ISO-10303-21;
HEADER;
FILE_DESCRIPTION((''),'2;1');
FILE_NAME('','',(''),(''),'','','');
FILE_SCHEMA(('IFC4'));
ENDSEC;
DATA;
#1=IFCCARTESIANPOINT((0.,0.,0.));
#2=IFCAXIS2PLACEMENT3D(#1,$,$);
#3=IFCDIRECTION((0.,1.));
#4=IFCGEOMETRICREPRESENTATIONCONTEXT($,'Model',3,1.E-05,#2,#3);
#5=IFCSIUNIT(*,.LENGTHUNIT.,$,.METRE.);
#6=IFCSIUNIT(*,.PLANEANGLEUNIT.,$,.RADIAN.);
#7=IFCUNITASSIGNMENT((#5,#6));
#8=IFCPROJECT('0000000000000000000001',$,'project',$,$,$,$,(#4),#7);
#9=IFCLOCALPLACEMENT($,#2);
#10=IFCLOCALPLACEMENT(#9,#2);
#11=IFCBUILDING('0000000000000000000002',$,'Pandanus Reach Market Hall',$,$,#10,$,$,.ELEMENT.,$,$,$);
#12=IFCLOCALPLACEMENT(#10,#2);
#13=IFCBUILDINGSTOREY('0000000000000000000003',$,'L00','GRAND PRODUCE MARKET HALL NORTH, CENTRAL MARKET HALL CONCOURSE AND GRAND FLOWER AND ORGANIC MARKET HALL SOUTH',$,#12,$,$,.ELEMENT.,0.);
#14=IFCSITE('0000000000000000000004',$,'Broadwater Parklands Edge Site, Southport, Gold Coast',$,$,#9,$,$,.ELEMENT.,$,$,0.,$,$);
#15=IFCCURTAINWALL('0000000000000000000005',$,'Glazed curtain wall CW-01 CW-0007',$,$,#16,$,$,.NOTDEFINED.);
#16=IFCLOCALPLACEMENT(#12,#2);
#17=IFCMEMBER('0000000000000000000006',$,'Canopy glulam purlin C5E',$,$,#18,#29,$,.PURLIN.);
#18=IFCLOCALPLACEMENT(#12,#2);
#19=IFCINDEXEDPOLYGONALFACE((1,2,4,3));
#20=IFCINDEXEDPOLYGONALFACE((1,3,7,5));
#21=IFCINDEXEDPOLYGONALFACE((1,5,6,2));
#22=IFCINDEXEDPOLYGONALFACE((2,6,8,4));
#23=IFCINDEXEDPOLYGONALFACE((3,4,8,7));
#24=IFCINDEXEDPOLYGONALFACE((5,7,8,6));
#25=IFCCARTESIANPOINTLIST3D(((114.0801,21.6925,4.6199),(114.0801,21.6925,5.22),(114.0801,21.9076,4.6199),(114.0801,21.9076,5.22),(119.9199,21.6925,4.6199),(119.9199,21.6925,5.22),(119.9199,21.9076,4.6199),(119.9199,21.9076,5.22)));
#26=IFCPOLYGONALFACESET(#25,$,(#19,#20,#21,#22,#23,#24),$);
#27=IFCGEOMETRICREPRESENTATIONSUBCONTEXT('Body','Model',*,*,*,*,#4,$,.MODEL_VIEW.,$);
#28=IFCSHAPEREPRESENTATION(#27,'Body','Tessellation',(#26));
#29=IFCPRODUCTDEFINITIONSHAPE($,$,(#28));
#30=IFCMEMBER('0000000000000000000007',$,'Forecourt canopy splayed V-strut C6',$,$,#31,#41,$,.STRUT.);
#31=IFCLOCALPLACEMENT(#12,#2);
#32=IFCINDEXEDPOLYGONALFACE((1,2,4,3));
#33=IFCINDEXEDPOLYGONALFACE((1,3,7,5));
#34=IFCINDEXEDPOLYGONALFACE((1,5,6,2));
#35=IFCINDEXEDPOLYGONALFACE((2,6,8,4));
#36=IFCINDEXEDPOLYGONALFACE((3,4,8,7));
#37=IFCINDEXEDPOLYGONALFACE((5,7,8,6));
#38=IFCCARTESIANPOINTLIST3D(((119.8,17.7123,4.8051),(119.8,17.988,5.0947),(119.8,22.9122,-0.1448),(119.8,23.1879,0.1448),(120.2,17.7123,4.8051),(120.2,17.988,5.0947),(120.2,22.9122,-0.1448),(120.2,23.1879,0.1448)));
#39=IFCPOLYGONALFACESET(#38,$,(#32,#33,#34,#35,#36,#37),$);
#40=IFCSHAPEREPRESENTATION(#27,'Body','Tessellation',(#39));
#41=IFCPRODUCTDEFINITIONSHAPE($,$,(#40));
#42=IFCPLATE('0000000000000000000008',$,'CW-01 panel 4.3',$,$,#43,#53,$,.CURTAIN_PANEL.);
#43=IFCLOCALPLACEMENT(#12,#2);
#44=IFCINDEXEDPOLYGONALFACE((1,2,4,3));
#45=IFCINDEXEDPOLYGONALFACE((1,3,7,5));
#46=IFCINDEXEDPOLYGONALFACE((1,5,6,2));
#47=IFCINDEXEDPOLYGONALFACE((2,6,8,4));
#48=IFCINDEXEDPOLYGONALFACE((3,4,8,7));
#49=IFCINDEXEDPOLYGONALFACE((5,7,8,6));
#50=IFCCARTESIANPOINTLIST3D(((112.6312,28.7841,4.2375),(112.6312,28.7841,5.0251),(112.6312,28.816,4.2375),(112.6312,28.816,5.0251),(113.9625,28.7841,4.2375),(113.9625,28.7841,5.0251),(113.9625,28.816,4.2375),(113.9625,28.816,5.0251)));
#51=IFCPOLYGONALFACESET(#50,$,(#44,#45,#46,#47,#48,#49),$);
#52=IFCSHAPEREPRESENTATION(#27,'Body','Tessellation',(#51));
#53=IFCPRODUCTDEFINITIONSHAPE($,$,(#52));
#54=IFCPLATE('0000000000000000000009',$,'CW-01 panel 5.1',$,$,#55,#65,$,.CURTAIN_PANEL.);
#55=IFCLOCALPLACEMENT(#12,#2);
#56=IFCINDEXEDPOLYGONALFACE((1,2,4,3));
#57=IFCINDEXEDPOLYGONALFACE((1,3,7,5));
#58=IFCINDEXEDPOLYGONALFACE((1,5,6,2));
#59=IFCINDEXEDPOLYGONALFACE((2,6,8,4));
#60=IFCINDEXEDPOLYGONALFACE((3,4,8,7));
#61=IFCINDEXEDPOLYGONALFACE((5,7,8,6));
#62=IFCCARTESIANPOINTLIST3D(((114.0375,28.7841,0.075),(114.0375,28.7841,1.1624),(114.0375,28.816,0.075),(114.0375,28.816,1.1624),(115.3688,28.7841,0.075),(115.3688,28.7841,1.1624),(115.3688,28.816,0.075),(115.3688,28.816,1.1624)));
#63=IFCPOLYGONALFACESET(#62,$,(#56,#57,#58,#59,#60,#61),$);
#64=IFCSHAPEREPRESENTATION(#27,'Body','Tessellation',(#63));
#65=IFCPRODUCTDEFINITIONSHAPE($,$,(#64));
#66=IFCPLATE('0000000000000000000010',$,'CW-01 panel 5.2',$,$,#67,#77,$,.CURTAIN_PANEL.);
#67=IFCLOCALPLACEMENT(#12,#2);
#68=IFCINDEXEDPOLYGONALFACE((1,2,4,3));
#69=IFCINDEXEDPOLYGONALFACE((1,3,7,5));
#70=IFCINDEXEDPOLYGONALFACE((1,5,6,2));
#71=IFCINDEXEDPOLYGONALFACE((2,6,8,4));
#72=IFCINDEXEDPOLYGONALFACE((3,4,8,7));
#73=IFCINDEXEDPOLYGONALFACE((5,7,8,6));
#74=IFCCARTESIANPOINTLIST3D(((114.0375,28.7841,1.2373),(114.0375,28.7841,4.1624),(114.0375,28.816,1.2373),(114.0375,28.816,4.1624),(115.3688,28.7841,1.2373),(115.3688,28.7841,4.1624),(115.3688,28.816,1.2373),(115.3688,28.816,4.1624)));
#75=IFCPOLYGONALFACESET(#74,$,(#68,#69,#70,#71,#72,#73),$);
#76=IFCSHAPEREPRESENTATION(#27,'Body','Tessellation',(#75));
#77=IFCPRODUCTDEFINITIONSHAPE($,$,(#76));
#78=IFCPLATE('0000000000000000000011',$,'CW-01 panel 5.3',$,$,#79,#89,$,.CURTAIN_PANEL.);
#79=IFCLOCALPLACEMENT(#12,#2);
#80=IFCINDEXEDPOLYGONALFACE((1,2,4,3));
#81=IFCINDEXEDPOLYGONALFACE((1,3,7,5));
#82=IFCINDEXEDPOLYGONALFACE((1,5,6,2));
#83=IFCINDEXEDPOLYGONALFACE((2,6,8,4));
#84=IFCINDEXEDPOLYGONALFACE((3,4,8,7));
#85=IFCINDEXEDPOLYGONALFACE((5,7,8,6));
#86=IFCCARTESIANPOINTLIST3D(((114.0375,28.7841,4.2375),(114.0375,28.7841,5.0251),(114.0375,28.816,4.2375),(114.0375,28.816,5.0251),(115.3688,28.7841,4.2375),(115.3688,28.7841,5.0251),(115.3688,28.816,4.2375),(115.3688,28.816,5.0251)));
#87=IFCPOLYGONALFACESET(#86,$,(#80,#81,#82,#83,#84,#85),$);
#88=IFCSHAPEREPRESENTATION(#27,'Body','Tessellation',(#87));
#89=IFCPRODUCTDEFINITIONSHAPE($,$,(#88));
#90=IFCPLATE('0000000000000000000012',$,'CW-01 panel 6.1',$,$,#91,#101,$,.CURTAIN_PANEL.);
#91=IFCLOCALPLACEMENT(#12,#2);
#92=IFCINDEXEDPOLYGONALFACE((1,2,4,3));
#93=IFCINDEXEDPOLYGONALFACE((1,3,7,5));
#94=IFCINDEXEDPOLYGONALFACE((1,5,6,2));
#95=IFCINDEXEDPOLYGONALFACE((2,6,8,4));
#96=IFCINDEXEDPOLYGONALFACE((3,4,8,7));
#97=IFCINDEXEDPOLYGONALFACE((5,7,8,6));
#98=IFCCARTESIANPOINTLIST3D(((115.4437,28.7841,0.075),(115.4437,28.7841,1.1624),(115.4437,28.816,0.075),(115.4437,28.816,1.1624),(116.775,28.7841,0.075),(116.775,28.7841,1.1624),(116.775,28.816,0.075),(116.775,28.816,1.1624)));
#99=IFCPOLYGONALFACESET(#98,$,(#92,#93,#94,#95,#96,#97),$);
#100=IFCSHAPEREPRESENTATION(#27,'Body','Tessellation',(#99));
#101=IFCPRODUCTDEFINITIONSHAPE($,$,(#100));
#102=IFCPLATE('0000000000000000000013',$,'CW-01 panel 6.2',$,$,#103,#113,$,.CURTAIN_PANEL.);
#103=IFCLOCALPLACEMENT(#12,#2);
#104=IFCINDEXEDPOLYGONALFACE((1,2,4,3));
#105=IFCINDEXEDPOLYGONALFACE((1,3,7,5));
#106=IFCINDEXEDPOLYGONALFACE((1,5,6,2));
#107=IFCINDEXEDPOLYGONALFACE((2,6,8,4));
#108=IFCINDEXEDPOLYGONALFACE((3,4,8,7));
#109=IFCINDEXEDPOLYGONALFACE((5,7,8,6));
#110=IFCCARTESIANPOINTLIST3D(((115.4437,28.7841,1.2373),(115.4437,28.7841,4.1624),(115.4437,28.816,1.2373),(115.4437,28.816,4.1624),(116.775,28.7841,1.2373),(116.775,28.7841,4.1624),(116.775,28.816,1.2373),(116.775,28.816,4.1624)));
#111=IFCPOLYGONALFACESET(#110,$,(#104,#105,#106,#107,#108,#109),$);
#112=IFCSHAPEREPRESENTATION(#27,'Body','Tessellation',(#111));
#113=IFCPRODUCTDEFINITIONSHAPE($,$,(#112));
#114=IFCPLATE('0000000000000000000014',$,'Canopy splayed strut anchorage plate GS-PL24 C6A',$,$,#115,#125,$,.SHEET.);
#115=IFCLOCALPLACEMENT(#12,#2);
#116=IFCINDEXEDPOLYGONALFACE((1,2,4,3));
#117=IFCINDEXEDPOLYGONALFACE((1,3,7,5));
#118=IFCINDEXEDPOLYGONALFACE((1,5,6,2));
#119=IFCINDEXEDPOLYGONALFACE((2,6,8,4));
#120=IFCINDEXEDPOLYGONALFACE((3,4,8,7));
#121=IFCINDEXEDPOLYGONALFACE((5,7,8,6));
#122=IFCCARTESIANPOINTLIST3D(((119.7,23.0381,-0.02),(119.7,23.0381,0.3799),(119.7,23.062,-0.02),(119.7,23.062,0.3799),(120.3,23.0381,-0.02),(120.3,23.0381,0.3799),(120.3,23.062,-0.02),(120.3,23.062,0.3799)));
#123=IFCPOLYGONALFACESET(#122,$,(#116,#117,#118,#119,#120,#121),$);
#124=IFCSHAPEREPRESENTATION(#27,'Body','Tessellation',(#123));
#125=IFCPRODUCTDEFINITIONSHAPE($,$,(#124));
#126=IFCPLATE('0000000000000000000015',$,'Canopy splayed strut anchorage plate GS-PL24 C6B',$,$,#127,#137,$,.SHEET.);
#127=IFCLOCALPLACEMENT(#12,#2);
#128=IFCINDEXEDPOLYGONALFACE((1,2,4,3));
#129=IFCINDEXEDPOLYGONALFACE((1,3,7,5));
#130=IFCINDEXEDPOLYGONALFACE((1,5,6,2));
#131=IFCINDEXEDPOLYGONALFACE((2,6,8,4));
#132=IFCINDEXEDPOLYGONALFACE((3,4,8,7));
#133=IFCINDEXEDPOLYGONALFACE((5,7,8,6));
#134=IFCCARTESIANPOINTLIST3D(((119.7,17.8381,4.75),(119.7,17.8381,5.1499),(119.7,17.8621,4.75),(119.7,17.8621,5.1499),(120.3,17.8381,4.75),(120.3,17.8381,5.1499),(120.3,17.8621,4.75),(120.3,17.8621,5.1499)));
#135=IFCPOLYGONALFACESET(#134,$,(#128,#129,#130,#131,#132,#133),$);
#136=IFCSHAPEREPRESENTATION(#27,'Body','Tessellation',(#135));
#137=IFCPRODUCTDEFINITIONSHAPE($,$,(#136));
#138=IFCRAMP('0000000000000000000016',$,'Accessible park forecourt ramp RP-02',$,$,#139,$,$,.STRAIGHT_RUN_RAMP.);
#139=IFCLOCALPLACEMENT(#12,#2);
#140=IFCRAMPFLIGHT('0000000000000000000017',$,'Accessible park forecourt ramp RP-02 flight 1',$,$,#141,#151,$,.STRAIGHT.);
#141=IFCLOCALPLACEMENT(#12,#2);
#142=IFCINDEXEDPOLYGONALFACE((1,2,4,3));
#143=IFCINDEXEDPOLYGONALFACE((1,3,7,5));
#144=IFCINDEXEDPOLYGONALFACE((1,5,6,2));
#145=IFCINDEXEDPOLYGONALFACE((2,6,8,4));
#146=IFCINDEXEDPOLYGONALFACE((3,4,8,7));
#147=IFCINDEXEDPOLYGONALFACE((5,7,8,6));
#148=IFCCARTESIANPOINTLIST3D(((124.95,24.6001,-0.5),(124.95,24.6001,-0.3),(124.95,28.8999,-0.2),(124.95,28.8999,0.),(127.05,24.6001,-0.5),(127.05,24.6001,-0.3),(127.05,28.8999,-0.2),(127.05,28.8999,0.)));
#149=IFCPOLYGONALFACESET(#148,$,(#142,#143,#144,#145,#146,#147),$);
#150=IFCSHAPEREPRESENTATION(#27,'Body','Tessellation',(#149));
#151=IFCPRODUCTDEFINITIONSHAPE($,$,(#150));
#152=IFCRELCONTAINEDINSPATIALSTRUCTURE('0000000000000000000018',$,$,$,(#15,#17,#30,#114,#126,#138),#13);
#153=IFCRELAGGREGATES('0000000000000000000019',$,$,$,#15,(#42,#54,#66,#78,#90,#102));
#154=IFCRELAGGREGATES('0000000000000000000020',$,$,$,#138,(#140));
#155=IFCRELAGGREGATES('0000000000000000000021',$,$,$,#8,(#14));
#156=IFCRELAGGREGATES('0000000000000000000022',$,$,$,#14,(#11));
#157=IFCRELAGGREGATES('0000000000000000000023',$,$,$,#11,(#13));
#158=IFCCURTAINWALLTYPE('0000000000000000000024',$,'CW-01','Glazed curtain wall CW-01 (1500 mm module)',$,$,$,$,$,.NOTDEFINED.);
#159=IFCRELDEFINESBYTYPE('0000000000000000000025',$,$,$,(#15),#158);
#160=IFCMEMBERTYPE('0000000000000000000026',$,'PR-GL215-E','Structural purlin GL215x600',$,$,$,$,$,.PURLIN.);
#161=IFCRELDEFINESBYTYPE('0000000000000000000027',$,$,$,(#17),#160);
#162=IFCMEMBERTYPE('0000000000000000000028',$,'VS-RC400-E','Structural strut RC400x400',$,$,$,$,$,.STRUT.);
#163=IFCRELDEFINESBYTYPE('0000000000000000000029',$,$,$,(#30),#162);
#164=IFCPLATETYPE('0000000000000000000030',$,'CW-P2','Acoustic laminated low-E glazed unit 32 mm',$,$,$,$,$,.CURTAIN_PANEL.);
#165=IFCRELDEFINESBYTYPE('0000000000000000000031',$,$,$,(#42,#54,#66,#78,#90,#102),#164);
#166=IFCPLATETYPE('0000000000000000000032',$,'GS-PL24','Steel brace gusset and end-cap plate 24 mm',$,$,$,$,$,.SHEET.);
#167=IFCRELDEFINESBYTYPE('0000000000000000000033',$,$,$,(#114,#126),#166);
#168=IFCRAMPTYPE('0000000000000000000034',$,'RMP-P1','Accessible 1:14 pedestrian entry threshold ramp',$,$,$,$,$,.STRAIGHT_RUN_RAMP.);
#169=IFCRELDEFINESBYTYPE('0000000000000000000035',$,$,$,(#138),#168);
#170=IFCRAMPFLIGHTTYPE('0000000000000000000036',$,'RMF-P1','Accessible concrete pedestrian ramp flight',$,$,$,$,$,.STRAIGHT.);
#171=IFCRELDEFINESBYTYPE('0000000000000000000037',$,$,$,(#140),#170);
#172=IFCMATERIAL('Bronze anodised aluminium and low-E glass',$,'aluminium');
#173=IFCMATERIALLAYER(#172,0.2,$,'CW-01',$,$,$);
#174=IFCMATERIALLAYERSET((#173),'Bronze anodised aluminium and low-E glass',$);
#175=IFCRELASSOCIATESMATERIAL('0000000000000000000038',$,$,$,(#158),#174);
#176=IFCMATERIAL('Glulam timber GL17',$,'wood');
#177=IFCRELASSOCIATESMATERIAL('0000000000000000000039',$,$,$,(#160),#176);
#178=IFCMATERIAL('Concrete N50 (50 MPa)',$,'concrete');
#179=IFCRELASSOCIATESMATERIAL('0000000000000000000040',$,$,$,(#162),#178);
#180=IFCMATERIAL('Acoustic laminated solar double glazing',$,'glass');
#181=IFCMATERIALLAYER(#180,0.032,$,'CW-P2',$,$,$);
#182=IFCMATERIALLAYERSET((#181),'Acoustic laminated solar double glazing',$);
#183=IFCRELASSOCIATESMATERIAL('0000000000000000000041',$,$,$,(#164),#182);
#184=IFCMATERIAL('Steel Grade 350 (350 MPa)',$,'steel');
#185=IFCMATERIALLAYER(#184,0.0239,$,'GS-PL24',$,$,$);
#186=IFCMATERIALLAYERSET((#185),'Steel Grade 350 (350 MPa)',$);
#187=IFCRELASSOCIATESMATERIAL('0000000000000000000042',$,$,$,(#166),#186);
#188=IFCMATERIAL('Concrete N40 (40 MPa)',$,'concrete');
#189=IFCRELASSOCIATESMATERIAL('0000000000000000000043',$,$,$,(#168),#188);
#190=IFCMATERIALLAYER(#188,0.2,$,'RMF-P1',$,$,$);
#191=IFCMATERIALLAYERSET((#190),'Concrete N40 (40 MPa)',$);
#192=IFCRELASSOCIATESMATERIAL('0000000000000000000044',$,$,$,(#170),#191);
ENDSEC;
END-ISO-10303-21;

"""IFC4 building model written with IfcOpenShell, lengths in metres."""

from ifc_helpers import new_model, si_unit, direction, frame, origin, origin_2d, place, context, subcontext, project, spatial, polyline, rectangle, outline, extrude, material, layer, layer_set, material_profile, profile_set, type_object, element, aggregate, save


model = new_model("IFC4")

# Units and contexts
model_context = context("Model", 3, precision=1e-05, world=origin(), true_north=direction((0.0, 1.0)))
body_context = subcontext(model_context, "Body", "Model", "MODEL_VIEW")
ifc_project = project(units=[si_unit("LENGTHUNIT", "METRE"), si_unit("PLANEANGLEUNIT", "RADIAN")], contexts=[model_context])

# Site, building, storey
site_placement = place(None, origin())
site = spatial("IfcSite", under=ifc_project, at=site_placement, Name="Broadwater Parklands Edge Site, Southport, Gold Coast", CompositionType="ELEMENT", RefElevation=0.0)
building_placement = place(site_placement, origin())
building = spatial("IfcBuilding", under=site, at=building_placement, Name="Pandanus Reach Market Hall", CompositionType="ELEMENT")
storey_placement = place(building_placement, origin())
storey = spatial("IfcBuildingStorey", under=building, at=storey_placement, Name="L00", Description="GRAND PRODUCE MARKET HALL NORTH, CENTRAL MARKET HALL CONCOURSE AND GRAND FLOWER AND ORGANIC MARKET HALL SOUTH", CompositionType="ELEMENT", Elevation=0.0)

# Shared definitions
ifc_material_1 = material(Name="Concrete N40 (40 MPa)", Category="concrete")

# Shared definitions
ifc_material_2 = material(Name="Steel Grade 350 (350 MPa)", Category="steel")

# Curtain wall
ifc_material_3 = material(Name="Bronze anodised aluminium and low-E glass", Category="aluminium")
ifc_layer_1 = layer(ifc_material_3, 0.2, Name="CW-01")
ifc_layer_set_1 = layer_set([ifc_layer_1], Name="Bronze anodised aluminium and low-E glass")
curtain_wall_type = type_object("IfcCurtainWallType", Name="CW-01", Description="Glazed curtain wall CW-01 (1500 mm module)", PredefinedType="NOTDEFINED", material=ifc_layer_set_1)
curtain_wall_placement = place(storey_placement, origin())
curtain_wall = element("IfcCurtainWall", 1, at=curtain_wall_placement, inside=storey, type_object=curtain_wall_type, Name="Glazed curtain wall CW-01 CW-0007", PredefinedType="NOTDEFINED")

# Members
ifc_material_4 = material(Name="Glulam timber GL17", Category="wood")
ifc_material_profile_1 = material_profile(ifc_material_4, rectangle(XDim=0.2151, YDim=0.6001, at=origin_2d()), Name="GL215x600", Category="LoadBearing")
ifc_profile_set_1 = profile_set([ifc_material_profile_1], Name="Glulam timber GL17")
member_type_1 = type_object("IfcMemberType", Name="PR-GL215-E", Description="Structural purlin GL215x600", PredefinedType="PURLIN", material=ifc_profile_set_1)
for number, where, z_axis, x_axis, name in (
    (2, (114.0801, 21.8, 4.9199), (1.0, 0.0, 0.0), (0.0, 1.0, 0.0), "Canopy glulam purlin C5E"),
):
    element("IfcMember", number, at=place(storey_placement, frame(where, z_axis=z_axis, x_axis=x_axis)), inside=storey, type_object=member_type_1, Name=name, PredefinedType="PURLIN", context=body_context, shape_type="SweptSolid", body=[
        extrude(rectangle(XDim=0.2151, YDim=0.6001, at=origin_2d()), origin(), (0.0, 0.0, 1.0), 5.8398),
    ])
ifc_material_5 = material(Name="Concrete N50 (50 MPa)", Category="concrete")
ifc_material_profile_2 = material_profile(ifc_material_5, rectangle(XDim=0.3999, YDim=0.3999, at=origin_2d()), Name="RC400x400", Category="LoadBearing")
ifc_profile_set_2 = profile_set([ifc_material_profile_2], Name="Concrete N50 (50 MPa)")
member_type_2 = type_object("IfcMemberType", Name="VS-RC400-E", Description="Structural strut RC400x400", PredefinedType="STRUT", material=ifc_profile_set_2)
member_1_placement = place(storey_placement, frame((120.0, 23.05, 0.0), z_axis=(0.0, -0.724304, 0.689481), x_axis=(1.0, 0.0, 0.0)))
element("IfcMember", 3, at=member_1_placement, inside=storey, type_object=member_type_2, Name="Forecourt canopy splayed V-strut C6", PredefinedType="STRUT", context=body_context, shape_type="SweptSolid", body=[
    extrude(rectangle(XDim=0.3999, YDim=0.3999, at=origin_2d()), origin(), (0.0, 0.0, 1.0), 7.1792),
])

# Plates
ifc_material_6 = material(Name="Acoustic laminated solar double glazing", Category="glass")
ifc_layer_2 = layer(ifc_material_6, 0.032, Name="CW-P2")
ifc_layer_set_2 = layer_set([ifc_layer_2], Name="Acoustic laminated solar double glazing")
plate_type_1 = type_object("IfcPlateType", Name="CW-P2", Description="Acoustic laminated low-E glazed unit 32 mm", PredefinedType="CURTAIN_PANEL", material=ifc_layer_set_2)
plate_1_placement = place(storey_placement, frame((113.2969, 28.8, 4.2375), z_axis=(0.0, 0.0, 1.0), x_axis=(1.0, 0.0, 0.0)))
plate_1 = element("IfcPlate", 4, at=plate_1_placement, type_object=plate_type_1, Name="CW-01 panel 4.3", PredefinedType="CURTAIN_PANEL", context=body_context, shape_type="SweptSolid", body=[
    extrude(rectangle(XDim=1.3313, YDim=0.032, at=origin_2d()), origin(), (0.0, 0.0, 1.0), 0.7876),
])
plate_2_placement = place(storey_placement, frame((114.7031, 28.8, 0.075), z_axis=(0.0, 0.0, 1.0), x_axis=(1.0, 0.0, 0.0)))
plate_2 = element("IfcPlate", 5, at=plate_2_placement, type_object=plate_type_1, Name="CW-01 panel 5.1", PredefinedType="CURTAIN_PANEL", context=body_context, shape_type="SweptSolid", body=[
    extrude(rectangle(XDim=1.3313, YDim=0.032, at=origin_2d()), origin(), (0.0, 0.0, 1.0), 1.0874),
])
plate_3_placement = place(storey_placement, frame((114.7031, 28.8, 1.2373), z_axis=(0.0, 0.0, 1.0), x_axis=(1.0, 0.0, 0.0)))
plate_3 = element("IfcPlate", 6, at=plate_3_placement, type_object=plate_type_1, Name="CW-01 panel 5.2", PredefinedType="CURTAIN_PANEL", context=body_context, shape_type="SweptSolid", body=[
    extrude(rectangle(XDim=1.3313, YDim=0.032, at=origin_2d()), origin(), (0.0, 0.0, 1.0), 2.925),
])
plate_4_placement = place(storey_placement, frame((114.7031, 28.8, 4.2375), z_axis=(0.0, 0.0, 1.0), x_axis=(1.0, 0.0, 0.0)))
plate_4 = element("IfcPlate", 7, at=plate_4_placement, type_object=plate_type_1, Name="CW-01 panel 5.3", PredefinedType="CURTAIN_PANEL", context=body_context, shape_type="SweptSolid", body=[
    extrude(rectangle(XDim=1.3313, YDim=0.032, at=origin_2d()), origin(), (0.0, 0.0, 1.0), 0.7876),
])
plate_5_placement = place(storey_placement, frame((116.1094, 28.8, 0.075), z_axis=(0.0, 0.0, 1.0), x_axis=(1.0, 0.0, 0.0)))
plate_5 = element("IfcPlate", 8, at=plate_5_placement, type_object=plate_type_1, Name="CW-01 panel 6.1", PredefinedType="CURTAIN_PANEL", context=body_context, shape_type="SweptSolid", body=[
    extrude(rectangle(XDim=1.3313, YDim=0.032, at=origin_2d()), origin(), (0.0, 0.0, 1.0), 1.0874),
])
plate_6_placement = place(storey_placement, frame((116.1094, 28.8, 1.2373), z_axis=(0.0, 0.0, 1.0), x_axis=(1.0, 0.0, 0.0)))
plate_6 = element("IfcPlate", 9, at=plate_6_placement, type_object=plate_type_1, Name="CW-01 panel 6.2", PredefinedType="CURTAIN_PANEL", context=body_context, shape_type="SweptSolid", body=[
    extrude(rectangle(XDim=1.3313, YDim=0.032, at=origin_2d()), origin(), (0.0, 0.0, 1.0), 2.925),
])
aggregate(curtain_wall, [plate_1, plate_2, plate_3, plate_4, plate_5, plate_6])

# Plates
ifc_layer_3 = layer(ifc_material_2, 0.0239, Name="GS-PL24")
ifc_layer_set_3 = layer_set([ifc_layer_3], Name="Steel Grade 350 (350 MPa)")
plate_type_2 = type_object("IfcPlateType", Name="GS-PL24", Description="Steel brace gusset and end-cap plate 24 mm", PredefinedType="SHEET", material=ifc_layer_set_3)
for number, where, z_axis, x_axis, name in (
    (10, (120.0, 23.05, -0.02), (0.0, 0.0, 1.0), (1.0, 0.0, 0.0), "Canopy splayed strut anchorage plate GS-PL24 C6A"),
    (11, (120.0, 17.8501, 4.75), (0.0, 0.0, 1.0), (1.0, 0.0, 0.0), "Canopy splayed strut anchorage plate GS-PL24 C6B"),
):
    element("IfcPlate", number, at=place(storey_placement, frame(where, z_axis=z_axis, x_axis=x_axis)), inside=storey, type_object=plate_type_2, Name=name, PredefinedType="SHEET", context=body_context, shape_type="SweptSolid", body=[
        extrude(rectangle(XDim=0.6001, YDim=0.0239, at=origin_2d()), origin(), (0.0, 0.0, 1.0), 0.3999),
    ])

# Ramp, ramp flight
ramp_type = type_object("IfcRampType", Name="RMP-P1", Description="Accessible 1:14 pedestrian entry threshold ramp", PredefinedType="STRAIGHT_RUN_RAMP", material=ifc_material_1)
ramp_placement = place(storey_placement, origin())
ramp = element("IfcRamp", 12, at=ramp_placement, inside=storey, type_object=ramp_type, Name="Accessible park forecourt ramp RP-02", PredefinedType="STRAIGHT_RUN_RAMP")
ifc_layer_4 = layer(ifc_material_1, 0.2, Name="RMF-P1")
ifc_layer_set_4 = layer_set([ifc_layer_4], Name="Concrete N40 (40 MPa)")
ramp_flight_type = type_object("IfcRampFlightType", Name="RMF-P1", Description="Accessible concrete pedestrian ramp flight", PredefinedType="STRAIGHT", material=ifc_layer_set_4)
ramp_flight_placement = place(storey_placement, frame((126.0, 24.6001, -0.3), z_axis=(0.0, 0.0, 1.0), x_axis=(0.0, 1.0, 0.0)))
ramp_flight = element("IfcRampFlight", 13, at=ramp_flight_placement, type_object=ramp_flight_type, Name="Accessible park forecourt ramp RP-02 flight 1", PredefinedType="STRAIGHT", context=body_context, shape_type="SweptSolid", body=[
    extrude(outline(polyline([(0.0, 0.0), (4.2998, 0.3), (4.2998, 0.1001), (0.0, -0.2), (0.0, 0.0)])), frame((0.0, 1.05, 0.0), z_axis=(0.0, -1.0, 0.0), x_axis=(1.0, 0.0, 0.0)), (0.0, 0.0, 1.0), 2.1001),
])
aggregate(ramp, [ramp_flight])

save(model, "model.ifc")
